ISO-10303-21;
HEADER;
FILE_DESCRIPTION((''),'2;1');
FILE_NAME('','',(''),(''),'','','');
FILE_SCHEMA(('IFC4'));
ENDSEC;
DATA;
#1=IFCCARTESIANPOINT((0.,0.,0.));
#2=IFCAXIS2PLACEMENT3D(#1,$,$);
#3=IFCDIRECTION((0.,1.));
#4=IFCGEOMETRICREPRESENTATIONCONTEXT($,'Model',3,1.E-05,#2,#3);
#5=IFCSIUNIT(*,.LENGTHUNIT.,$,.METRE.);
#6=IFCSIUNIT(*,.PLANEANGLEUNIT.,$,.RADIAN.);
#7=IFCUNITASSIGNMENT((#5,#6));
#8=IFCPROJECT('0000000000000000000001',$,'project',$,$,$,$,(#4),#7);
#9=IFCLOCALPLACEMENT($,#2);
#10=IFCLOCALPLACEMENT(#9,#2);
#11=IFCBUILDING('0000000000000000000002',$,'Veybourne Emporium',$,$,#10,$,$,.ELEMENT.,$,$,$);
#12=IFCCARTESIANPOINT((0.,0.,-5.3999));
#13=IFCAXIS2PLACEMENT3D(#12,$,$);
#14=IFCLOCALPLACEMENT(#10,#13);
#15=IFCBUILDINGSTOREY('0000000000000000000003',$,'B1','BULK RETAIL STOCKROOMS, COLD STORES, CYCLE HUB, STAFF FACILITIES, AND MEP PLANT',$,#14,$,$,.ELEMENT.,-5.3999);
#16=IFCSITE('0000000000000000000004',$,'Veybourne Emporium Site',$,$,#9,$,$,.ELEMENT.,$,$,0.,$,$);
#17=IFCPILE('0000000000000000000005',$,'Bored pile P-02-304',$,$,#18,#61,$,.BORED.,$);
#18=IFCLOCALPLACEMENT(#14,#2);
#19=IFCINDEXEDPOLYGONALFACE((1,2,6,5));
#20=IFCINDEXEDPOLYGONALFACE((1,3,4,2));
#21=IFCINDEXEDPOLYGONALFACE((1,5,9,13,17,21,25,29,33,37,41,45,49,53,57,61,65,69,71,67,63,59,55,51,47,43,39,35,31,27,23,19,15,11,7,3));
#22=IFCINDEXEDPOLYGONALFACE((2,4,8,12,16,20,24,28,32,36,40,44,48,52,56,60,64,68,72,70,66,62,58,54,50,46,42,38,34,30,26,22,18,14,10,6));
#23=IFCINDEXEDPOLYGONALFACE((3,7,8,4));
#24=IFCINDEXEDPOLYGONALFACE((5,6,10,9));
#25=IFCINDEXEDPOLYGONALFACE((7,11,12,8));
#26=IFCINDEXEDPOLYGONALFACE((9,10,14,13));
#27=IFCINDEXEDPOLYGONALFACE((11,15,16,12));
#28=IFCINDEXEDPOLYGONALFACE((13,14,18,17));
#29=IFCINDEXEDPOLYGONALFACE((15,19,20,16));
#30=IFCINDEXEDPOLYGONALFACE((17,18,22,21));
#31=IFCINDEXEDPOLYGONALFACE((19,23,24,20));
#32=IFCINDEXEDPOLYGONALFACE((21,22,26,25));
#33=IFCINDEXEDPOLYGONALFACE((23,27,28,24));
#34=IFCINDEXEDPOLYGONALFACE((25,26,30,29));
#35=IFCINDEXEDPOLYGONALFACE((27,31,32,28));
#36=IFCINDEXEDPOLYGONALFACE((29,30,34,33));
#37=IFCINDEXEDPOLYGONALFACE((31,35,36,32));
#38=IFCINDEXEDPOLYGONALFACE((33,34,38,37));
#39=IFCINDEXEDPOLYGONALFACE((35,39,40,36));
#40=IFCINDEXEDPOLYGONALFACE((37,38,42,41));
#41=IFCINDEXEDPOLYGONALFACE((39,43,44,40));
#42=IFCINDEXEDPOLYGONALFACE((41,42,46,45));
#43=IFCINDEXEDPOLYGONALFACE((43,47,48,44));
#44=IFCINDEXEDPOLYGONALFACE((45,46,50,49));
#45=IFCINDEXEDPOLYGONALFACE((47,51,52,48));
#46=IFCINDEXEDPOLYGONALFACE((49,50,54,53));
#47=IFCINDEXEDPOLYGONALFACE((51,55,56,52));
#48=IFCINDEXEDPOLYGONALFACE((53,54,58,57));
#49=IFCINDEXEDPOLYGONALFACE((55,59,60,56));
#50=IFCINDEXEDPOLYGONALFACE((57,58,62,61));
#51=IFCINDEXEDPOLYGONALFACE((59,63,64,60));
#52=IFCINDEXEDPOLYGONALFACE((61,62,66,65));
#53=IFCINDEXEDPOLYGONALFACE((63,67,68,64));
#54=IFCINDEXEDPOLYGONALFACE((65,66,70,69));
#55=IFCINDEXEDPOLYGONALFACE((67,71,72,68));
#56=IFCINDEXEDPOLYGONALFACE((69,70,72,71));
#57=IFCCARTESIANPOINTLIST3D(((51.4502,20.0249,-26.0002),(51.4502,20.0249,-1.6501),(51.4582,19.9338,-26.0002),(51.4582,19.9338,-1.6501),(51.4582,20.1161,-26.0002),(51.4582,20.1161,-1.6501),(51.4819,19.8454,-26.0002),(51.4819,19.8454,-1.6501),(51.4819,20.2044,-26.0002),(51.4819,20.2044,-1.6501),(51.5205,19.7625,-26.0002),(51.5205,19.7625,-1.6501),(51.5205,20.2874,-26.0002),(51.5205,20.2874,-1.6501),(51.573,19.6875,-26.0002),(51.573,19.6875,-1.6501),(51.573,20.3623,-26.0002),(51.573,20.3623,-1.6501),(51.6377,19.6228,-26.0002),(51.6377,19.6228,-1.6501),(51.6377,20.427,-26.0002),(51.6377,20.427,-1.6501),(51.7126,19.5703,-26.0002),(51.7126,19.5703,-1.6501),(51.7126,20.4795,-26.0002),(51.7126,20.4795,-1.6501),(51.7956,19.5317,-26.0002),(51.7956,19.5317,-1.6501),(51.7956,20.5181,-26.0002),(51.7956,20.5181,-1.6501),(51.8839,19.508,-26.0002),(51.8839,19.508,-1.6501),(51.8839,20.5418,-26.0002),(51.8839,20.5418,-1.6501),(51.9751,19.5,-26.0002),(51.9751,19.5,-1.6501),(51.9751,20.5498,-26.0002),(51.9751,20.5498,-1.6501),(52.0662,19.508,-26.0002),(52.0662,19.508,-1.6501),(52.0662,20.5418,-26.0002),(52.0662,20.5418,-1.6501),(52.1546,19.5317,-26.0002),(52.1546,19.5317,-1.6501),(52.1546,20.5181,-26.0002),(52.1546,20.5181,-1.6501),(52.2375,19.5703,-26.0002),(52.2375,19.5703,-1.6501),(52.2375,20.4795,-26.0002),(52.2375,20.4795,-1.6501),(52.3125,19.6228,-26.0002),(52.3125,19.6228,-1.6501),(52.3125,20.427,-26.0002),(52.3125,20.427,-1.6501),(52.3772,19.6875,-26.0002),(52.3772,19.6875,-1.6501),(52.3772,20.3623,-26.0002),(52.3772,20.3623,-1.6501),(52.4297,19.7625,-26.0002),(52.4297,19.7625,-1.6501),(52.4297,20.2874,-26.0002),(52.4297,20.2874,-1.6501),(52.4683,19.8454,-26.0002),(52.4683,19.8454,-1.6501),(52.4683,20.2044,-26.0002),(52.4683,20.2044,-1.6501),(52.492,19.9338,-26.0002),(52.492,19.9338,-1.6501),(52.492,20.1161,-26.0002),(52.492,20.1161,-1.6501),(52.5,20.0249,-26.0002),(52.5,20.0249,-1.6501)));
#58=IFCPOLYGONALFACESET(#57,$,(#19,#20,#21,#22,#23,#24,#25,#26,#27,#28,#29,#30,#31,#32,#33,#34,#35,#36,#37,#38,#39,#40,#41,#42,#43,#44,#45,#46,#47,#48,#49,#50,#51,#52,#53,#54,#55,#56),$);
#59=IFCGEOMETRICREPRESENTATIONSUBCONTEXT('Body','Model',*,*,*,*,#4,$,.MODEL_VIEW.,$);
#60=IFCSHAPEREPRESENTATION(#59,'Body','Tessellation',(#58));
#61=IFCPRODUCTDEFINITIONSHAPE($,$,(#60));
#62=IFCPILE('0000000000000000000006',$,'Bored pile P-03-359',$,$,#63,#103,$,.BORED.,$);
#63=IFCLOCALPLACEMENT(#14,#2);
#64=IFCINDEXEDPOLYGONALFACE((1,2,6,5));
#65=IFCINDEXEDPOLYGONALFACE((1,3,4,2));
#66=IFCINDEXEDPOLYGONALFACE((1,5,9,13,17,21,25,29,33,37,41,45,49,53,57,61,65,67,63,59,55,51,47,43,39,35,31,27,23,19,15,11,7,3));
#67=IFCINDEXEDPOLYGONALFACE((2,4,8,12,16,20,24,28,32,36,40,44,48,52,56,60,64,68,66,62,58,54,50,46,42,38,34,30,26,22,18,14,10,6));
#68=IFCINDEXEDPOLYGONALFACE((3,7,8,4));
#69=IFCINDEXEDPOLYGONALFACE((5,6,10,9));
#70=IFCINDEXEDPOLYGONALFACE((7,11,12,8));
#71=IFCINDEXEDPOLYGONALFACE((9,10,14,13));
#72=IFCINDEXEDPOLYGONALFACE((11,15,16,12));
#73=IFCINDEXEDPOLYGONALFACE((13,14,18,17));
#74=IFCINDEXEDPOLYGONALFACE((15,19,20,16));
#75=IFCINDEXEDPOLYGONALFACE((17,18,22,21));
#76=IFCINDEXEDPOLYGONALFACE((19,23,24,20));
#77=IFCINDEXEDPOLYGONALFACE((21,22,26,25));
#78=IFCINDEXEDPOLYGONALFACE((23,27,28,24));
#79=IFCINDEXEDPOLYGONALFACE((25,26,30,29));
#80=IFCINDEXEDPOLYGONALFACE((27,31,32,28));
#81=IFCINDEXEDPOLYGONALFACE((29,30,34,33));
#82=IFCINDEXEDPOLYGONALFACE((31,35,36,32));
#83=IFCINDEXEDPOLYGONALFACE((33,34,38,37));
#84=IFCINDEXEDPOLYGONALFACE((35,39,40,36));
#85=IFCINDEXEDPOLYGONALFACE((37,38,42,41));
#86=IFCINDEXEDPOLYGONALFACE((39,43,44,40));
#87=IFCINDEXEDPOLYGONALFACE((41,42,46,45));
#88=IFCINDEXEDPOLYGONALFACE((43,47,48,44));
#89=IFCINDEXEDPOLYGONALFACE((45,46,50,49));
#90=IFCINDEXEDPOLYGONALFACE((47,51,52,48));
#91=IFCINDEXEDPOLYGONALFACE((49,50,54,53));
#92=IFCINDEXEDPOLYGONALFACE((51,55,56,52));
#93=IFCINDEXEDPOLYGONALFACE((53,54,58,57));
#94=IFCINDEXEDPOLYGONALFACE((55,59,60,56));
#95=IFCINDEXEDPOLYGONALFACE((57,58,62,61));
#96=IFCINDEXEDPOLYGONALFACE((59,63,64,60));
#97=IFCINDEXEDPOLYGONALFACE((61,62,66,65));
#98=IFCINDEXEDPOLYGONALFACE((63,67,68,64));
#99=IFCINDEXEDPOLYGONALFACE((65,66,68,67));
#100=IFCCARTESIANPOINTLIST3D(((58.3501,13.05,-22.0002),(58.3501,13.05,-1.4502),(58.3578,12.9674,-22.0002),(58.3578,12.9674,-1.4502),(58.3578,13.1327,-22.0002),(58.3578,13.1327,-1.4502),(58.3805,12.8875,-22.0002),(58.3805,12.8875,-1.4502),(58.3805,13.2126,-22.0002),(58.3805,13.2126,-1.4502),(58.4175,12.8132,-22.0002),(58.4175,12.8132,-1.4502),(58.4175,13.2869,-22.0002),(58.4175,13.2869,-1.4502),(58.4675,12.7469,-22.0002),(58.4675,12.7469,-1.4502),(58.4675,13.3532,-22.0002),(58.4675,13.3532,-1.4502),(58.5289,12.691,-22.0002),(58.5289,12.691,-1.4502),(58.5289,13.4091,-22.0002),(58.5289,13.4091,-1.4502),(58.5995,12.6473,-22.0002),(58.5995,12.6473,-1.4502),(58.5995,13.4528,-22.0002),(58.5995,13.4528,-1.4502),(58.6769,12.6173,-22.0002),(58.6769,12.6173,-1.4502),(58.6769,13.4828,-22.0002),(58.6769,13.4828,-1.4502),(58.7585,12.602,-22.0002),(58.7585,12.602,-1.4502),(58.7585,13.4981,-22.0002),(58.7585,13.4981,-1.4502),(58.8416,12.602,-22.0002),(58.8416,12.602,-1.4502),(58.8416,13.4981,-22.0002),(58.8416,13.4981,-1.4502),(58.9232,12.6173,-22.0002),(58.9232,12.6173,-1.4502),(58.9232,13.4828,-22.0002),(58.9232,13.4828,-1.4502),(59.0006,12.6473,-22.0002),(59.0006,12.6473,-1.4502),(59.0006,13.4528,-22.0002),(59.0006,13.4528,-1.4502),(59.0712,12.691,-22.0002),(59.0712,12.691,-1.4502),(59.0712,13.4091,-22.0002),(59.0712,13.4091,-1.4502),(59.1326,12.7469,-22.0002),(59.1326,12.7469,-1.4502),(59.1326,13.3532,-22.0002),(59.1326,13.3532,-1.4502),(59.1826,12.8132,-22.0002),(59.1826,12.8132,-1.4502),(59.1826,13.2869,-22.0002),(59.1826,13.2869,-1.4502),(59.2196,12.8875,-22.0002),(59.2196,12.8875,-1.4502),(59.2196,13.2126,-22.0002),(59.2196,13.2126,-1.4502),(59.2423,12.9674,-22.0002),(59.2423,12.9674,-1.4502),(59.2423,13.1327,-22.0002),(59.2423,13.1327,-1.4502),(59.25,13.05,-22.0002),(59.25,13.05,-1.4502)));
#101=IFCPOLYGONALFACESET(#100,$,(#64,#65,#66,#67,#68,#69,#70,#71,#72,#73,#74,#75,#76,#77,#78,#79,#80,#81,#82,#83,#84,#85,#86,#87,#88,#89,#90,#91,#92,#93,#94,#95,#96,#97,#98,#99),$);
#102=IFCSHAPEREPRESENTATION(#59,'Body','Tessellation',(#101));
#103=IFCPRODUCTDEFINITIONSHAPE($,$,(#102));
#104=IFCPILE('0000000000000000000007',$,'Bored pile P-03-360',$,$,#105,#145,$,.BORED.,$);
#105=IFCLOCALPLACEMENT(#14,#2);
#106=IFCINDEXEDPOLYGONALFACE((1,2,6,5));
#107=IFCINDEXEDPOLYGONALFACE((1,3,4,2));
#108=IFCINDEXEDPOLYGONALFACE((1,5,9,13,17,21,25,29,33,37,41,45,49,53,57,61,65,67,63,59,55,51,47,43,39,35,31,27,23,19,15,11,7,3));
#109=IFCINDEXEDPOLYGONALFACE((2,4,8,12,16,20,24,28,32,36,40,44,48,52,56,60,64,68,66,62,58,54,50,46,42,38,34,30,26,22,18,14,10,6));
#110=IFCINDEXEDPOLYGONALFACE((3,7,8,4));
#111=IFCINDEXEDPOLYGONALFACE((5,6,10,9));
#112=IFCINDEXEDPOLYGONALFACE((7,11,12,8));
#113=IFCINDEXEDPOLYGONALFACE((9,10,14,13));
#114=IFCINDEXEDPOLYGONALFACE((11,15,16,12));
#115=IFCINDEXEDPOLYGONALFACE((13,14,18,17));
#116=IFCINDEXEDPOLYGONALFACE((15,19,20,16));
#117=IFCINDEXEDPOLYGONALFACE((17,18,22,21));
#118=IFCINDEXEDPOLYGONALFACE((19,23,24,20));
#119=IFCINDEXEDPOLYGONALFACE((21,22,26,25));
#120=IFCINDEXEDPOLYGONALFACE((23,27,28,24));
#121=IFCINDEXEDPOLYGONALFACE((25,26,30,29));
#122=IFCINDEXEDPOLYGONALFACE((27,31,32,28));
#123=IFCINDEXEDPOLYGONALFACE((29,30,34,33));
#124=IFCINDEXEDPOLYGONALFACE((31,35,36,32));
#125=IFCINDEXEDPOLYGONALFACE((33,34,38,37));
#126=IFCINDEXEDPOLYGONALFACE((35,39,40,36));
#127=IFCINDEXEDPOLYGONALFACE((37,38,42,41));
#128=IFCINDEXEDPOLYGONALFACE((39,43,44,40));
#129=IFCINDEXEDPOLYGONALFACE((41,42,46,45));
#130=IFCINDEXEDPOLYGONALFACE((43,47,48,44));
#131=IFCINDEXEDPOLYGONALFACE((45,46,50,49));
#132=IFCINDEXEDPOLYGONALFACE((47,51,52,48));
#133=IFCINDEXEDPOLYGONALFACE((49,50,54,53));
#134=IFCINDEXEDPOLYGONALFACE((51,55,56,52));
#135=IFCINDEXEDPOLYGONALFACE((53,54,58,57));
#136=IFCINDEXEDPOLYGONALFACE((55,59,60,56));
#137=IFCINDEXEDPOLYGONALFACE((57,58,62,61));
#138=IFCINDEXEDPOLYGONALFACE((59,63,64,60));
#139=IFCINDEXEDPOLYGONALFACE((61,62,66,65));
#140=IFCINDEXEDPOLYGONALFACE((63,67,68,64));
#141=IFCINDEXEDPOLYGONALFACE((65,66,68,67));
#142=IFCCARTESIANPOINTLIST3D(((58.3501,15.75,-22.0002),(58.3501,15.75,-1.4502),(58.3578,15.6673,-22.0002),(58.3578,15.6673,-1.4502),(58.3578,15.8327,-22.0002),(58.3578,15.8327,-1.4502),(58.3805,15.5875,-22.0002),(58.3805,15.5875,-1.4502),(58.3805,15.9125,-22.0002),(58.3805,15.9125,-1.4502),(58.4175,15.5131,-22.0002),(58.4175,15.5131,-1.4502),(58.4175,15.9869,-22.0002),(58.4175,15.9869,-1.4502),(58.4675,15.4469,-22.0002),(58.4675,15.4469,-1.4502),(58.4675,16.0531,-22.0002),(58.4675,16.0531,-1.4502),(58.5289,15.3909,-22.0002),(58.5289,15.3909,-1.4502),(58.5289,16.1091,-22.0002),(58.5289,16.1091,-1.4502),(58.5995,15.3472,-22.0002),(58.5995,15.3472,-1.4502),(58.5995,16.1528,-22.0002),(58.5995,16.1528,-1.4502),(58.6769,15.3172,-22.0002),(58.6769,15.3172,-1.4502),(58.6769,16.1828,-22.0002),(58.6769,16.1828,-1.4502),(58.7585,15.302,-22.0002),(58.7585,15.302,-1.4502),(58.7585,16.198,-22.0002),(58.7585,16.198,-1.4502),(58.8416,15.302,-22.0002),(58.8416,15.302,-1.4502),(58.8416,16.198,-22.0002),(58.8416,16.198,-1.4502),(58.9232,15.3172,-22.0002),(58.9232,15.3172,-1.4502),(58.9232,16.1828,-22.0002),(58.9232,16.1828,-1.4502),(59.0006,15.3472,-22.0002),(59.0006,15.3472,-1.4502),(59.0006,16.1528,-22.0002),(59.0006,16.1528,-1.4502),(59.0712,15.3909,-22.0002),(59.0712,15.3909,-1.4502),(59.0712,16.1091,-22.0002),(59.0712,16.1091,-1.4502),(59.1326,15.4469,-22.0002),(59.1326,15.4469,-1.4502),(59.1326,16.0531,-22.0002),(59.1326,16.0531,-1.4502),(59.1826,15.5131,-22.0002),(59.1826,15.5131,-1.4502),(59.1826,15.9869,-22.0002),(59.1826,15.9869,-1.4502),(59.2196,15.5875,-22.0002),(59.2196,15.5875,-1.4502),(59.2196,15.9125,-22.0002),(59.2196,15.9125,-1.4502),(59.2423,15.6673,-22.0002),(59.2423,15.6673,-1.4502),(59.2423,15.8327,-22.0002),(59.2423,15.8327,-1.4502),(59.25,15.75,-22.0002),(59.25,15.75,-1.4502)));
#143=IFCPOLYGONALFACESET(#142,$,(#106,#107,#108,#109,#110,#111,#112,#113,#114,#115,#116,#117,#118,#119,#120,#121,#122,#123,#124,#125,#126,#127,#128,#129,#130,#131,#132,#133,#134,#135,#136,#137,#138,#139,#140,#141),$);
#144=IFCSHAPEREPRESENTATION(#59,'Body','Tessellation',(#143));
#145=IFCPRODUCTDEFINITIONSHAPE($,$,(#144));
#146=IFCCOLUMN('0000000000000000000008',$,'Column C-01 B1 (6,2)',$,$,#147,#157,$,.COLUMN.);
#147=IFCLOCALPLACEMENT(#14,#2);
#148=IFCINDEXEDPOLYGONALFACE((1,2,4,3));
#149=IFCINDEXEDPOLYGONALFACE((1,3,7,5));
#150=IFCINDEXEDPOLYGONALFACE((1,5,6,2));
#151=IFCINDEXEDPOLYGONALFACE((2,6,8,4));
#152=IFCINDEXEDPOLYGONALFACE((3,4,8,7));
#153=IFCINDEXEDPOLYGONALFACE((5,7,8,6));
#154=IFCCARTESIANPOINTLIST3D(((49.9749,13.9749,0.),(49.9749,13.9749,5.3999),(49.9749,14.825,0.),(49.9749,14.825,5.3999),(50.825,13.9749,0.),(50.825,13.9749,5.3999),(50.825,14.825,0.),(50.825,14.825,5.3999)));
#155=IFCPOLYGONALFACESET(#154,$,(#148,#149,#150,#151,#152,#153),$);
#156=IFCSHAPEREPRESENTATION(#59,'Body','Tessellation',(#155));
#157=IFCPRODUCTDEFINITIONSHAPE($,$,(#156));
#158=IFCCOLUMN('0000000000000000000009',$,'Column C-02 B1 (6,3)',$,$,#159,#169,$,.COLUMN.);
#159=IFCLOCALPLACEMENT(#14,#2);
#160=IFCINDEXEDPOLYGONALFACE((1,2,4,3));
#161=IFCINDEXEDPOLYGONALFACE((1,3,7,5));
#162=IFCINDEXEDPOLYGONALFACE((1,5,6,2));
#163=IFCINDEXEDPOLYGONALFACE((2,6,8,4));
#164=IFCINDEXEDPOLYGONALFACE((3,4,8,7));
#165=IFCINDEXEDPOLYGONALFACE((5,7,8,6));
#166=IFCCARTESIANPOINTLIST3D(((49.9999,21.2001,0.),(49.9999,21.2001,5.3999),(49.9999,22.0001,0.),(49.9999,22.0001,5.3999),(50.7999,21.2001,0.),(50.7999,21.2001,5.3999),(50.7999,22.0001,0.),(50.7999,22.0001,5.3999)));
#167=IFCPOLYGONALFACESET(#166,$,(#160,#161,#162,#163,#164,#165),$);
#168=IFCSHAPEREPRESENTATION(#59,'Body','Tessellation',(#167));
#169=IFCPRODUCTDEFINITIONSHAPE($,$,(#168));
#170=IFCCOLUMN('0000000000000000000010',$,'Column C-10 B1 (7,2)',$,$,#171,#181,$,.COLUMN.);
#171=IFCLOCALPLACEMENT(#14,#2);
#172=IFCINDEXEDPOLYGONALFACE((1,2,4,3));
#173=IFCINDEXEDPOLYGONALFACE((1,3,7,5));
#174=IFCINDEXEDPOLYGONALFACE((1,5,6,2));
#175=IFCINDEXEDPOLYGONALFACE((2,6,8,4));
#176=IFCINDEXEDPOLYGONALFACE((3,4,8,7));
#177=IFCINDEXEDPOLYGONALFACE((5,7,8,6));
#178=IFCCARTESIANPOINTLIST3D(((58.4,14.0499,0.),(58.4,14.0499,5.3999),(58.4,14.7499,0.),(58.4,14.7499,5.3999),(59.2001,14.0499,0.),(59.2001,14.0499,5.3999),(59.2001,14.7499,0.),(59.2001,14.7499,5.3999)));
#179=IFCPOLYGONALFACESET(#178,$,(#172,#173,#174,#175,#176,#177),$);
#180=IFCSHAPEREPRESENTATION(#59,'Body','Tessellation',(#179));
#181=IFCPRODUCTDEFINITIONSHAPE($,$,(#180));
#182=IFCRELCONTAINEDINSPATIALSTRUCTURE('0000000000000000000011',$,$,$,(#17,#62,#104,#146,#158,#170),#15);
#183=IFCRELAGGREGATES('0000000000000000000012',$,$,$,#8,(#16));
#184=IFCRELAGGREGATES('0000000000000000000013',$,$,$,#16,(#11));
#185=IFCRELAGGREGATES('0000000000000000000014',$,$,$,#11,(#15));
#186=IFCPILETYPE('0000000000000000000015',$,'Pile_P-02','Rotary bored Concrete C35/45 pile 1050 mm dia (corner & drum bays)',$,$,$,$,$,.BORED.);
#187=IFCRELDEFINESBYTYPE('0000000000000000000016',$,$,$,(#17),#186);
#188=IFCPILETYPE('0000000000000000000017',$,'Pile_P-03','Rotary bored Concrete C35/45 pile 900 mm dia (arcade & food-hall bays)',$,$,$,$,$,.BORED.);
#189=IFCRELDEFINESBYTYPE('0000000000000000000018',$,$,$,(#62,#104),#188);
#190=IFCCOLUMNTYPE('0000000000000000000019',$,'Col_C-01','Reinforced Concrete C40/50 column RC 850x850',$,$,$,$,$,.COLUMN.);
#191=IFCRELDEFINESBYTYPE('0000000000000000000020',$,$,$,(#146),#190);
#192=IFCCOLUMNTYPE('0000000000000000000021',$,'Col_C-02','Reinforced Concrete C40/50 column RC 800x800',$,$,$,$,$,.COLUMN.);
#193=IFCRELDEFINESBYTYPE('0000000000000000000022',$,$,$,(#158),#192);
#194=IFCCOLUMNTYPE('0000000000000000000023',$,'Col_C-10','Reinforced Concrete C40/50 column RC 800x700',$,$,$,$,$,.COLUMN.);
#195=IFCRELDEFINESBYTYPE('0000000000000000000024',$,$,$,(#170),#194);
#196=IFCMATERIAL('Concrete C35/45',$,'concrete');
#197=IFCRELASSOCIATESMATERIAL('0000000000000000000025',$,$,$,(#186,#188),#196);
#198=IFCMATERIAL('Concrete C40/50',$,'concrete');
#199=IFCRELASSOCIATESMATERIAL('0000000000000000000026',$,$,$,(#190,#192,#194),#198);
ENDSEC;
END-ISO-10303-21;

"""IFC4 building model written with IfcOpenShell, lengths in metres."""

from ifc_helpers import new_model, si_unit, direction, frame, origin, origin_2d, place, context, subcontext, project, spatial, rectangle, circle, extrude, material, material_profile, profile_set, type_object, element, save


model = new_model("IFC4")

# Units and contexts
model_context = context("Model", 3, precision=1e-05, world=origin(), true_north=direction((0.0, 1.0)))
body_context = subcontext(model_context, "Body", "Model", "MODEL_VIEW")
ifc_project = project(units=[si_unit("LENGTHUNIT", "METRE"), si_unit("PLANEANGLEUNIT", "RADIAN")], contexts=[model_context])

# Site, building, storey
site_placement = place(None, origin())
site = spatial("IfcSite", under=ifc_project, at=site_placement, Name="Veybourne Emporium Site", CompositionType="ELEMENT", RefElevation=0.0)
building_placement = place(site_placement, origin())
building = spatial("IfcBuilding", under=site, at=building_placement, Name="Veybourne Emporium", CompositionType="ELEMENT")
storey_placement = place(building_placement, frame((0.0, 0.0, -5.3999)))
storey = spatial("IfcBuildingStorey", under=building, at=storey_placement, Name="B1", Description="BULK RETAIL STOCKROOMS, COLD STORES, CYCLE HUB, STAFF FACILITIES, AND MEP PLANT", CompositionType="ELEMENT", Elevation=-5.3999)

# Shared definitions
ifc_material_1 = material(Name="Concrete C35/45", Category="concrete")

# Piles
ifc_material_profile_1 = material_profile(ifc_material_1, circle(Radius=0.5249, at=origin_2d()), Name="BORED PILE 1050")
ifc_profile_set_1 = profile_set([ifc_material_profile_1], Name="Concrete C35/45")
pile_type_1 = type_object("IfcPileType", Name="Pile_P-02", Description="Rotary bored Concrete C35/45 pile 1050 mm dia (corner & drum bays)", PredefinedType="BORED", material=ifc_profile_set_1)
for number, where, z_axis, x_axis, name in (
    (1, (51.9751, 20.0249, -1.6501), (0.0, 0.0, -1.0), (1.0, 0.0, 0.0), "Bored pile P-02-304"),
):
    element("IfcPile", number, at=place(storey_placement, frame(where, z_axis=z_axis, x_axis=x_axis)), inside=storey, type_object=pile_type_1, Name=name, PredefinedType="BORED", context=body_context, shape_type="SweptSolid", body=[
        extrude(circle(Radius=0.5249, at=origin_2d()), origin(), (0.0, 0.0, 1.0), 24.3501),
    ])
ifc_material_profile_2 = material_profile(ifc_material_1, circle(Radius=0.45, at=origin_2d()), Name="BORED PILE 900")
ifc_profile_set_2 = profile_set([ifc_material_profile_2], Name="Concrete C35/45")
pile_type_2 = type_object("IfcPileType", Name="Pile_P-03", Description="Rotary bored Concrete C35/45 pile 900 mm dia (arcade & food-hall bays)", PredefinedType="BORED", material=ifc_profile_set_2)
for number, where, z_axis, x_axis, name in (
    (2, (58.8, 13.05, -1.4502), (0.0, 0.0, -1.0), (1.0, 0.0, 0.0), "Bored pile P-03-359"),
    (3, (58.8, 15.75, -1.4502), (0.0, 0.0, -1.0), (1.0, 0.0, 0.0), "Bored pile P-03-360"),
):
    element("IfcPile", number, at=place(storey_placement, frame(where, z_axis=z_axis, x_axis=x_axis)), inside=storey, type_object=pile_type_2, Name=name, PredefinedType="BORED", context=body_context, shape_type="SweptSolid", body=[
        extrude(circle(Radius=0.45, at=origin_2d()), origin(), (0.0, 0.0, 1.0), 20.55),
    ])

# Columns
ifc_material_2 = material(Name="Concrete C40/50", Category="concrete")
ifc_material_profile_3 = material_profile(ifc_material_2, rectangle(XDim=0.8501, YDim=0.8501, at=origin_2d()), Name="RC 850x850")
ifc_profile_set_3 = profile_set([ifc_material_profile_3], Name="Concrete C40/50")
column_type_1 = type_object("IfcColumnType", Name="Col_C-01", Description="Reinforced Concrete C40/50 column RC 850x850", PredefinedType="COLUMN", material=ifc_profile_set_3)
column_1_placement = place(storey_placement, frame((50.3999, 14.3999, 0.0), z_axis=(0.0, 0.0, 1.0), x_axis=(1.0, 0.0, 0.0)))
element("IfcColumn", 4, at=column_1_placement, inside=storey, type_object=column_type_1, Name="Column C-01 B1 (6,2)", PredefinedType="COLUMN", context=body_context, shape_type="SweptSolid", body=[
    extrude(rectangle(XDim=0.8501, YDim=0.8501, at=origin_2d()), origin(), (0.0, 0.0, 1.0), 5.3999),
])
ifc_material_profile_4 = material_profile(ifc_material_2, rectangle(XDim=0.8, YDim=0.8, at=origin_2d()), Name="RC 800x800")
ifc_profile_set_4 = profile_set([ifc_material_profile_4], Name="Concrete C40/50")
column_type_2 = type_object("IfcColumnType", Name="Col_C-02", Description="Reinforced Concrete C40/50 column RC 800x800", PredefinedType="COLUMN", material=ifc_profile_set_4)
column_2_placement = place(storey_placement, frame((50.3999, 21.6001, 0.0), z_axis=(0.0, 0.0, 1.0), x_axis=(1.0, 0.0, 0.0)))
element("IfcColumn", 5, at=column_2_placement, inside=storey, type_object=column_type_2, Name="Column C-02 B1 (6,3)", PredefinedType="COLUMN", context=body_context, shape_type="SweptSolid", body=[
    extrude(rectangle(XDim=0.8, YDim=0.8, at=origin_2d()), origin(), (0.0, 0.0, 1.0), 5.3999),
])
ifc_material_profile_5 = material_profile(ifc_material_2, rectangle(XDim=0.8, YDim=0.7, at=origin_2d()), Name="RC 800x700")
ifc_profile_set_5 = profile_set([ifc_material_profile_5], Name="Concrete C40/50")
column_type_3 = type_object("IfcColumnType", Name="Col_C-10", Description="Reinforced Concrete C40/50 column RC 800x700", PredefinedType="COLUMN", material=ifc_profile_set_5)
column_3_placement = place(storey_placement, frame((58.8, 14.3999, 0.0), z_axis=(0.0, 0.0, 1.0), x_axis=(1.0, 0.0, 0.0)))
element("IfcColumn", 6, at=column_3_placement, inside=storey, type_object=column_type_3, Name="Column C-10 B1 (7,2)", PredefinedType="COLUMN", context=body_context, shape_type="SweptSolid", body=[
    extrude(rectangle(XDim=0.8, YDim=0.7, at=origin_2d()), origin(), (0.0, 0.0, 1.0), 5.3999),
])

save(model, "model.ifc")
